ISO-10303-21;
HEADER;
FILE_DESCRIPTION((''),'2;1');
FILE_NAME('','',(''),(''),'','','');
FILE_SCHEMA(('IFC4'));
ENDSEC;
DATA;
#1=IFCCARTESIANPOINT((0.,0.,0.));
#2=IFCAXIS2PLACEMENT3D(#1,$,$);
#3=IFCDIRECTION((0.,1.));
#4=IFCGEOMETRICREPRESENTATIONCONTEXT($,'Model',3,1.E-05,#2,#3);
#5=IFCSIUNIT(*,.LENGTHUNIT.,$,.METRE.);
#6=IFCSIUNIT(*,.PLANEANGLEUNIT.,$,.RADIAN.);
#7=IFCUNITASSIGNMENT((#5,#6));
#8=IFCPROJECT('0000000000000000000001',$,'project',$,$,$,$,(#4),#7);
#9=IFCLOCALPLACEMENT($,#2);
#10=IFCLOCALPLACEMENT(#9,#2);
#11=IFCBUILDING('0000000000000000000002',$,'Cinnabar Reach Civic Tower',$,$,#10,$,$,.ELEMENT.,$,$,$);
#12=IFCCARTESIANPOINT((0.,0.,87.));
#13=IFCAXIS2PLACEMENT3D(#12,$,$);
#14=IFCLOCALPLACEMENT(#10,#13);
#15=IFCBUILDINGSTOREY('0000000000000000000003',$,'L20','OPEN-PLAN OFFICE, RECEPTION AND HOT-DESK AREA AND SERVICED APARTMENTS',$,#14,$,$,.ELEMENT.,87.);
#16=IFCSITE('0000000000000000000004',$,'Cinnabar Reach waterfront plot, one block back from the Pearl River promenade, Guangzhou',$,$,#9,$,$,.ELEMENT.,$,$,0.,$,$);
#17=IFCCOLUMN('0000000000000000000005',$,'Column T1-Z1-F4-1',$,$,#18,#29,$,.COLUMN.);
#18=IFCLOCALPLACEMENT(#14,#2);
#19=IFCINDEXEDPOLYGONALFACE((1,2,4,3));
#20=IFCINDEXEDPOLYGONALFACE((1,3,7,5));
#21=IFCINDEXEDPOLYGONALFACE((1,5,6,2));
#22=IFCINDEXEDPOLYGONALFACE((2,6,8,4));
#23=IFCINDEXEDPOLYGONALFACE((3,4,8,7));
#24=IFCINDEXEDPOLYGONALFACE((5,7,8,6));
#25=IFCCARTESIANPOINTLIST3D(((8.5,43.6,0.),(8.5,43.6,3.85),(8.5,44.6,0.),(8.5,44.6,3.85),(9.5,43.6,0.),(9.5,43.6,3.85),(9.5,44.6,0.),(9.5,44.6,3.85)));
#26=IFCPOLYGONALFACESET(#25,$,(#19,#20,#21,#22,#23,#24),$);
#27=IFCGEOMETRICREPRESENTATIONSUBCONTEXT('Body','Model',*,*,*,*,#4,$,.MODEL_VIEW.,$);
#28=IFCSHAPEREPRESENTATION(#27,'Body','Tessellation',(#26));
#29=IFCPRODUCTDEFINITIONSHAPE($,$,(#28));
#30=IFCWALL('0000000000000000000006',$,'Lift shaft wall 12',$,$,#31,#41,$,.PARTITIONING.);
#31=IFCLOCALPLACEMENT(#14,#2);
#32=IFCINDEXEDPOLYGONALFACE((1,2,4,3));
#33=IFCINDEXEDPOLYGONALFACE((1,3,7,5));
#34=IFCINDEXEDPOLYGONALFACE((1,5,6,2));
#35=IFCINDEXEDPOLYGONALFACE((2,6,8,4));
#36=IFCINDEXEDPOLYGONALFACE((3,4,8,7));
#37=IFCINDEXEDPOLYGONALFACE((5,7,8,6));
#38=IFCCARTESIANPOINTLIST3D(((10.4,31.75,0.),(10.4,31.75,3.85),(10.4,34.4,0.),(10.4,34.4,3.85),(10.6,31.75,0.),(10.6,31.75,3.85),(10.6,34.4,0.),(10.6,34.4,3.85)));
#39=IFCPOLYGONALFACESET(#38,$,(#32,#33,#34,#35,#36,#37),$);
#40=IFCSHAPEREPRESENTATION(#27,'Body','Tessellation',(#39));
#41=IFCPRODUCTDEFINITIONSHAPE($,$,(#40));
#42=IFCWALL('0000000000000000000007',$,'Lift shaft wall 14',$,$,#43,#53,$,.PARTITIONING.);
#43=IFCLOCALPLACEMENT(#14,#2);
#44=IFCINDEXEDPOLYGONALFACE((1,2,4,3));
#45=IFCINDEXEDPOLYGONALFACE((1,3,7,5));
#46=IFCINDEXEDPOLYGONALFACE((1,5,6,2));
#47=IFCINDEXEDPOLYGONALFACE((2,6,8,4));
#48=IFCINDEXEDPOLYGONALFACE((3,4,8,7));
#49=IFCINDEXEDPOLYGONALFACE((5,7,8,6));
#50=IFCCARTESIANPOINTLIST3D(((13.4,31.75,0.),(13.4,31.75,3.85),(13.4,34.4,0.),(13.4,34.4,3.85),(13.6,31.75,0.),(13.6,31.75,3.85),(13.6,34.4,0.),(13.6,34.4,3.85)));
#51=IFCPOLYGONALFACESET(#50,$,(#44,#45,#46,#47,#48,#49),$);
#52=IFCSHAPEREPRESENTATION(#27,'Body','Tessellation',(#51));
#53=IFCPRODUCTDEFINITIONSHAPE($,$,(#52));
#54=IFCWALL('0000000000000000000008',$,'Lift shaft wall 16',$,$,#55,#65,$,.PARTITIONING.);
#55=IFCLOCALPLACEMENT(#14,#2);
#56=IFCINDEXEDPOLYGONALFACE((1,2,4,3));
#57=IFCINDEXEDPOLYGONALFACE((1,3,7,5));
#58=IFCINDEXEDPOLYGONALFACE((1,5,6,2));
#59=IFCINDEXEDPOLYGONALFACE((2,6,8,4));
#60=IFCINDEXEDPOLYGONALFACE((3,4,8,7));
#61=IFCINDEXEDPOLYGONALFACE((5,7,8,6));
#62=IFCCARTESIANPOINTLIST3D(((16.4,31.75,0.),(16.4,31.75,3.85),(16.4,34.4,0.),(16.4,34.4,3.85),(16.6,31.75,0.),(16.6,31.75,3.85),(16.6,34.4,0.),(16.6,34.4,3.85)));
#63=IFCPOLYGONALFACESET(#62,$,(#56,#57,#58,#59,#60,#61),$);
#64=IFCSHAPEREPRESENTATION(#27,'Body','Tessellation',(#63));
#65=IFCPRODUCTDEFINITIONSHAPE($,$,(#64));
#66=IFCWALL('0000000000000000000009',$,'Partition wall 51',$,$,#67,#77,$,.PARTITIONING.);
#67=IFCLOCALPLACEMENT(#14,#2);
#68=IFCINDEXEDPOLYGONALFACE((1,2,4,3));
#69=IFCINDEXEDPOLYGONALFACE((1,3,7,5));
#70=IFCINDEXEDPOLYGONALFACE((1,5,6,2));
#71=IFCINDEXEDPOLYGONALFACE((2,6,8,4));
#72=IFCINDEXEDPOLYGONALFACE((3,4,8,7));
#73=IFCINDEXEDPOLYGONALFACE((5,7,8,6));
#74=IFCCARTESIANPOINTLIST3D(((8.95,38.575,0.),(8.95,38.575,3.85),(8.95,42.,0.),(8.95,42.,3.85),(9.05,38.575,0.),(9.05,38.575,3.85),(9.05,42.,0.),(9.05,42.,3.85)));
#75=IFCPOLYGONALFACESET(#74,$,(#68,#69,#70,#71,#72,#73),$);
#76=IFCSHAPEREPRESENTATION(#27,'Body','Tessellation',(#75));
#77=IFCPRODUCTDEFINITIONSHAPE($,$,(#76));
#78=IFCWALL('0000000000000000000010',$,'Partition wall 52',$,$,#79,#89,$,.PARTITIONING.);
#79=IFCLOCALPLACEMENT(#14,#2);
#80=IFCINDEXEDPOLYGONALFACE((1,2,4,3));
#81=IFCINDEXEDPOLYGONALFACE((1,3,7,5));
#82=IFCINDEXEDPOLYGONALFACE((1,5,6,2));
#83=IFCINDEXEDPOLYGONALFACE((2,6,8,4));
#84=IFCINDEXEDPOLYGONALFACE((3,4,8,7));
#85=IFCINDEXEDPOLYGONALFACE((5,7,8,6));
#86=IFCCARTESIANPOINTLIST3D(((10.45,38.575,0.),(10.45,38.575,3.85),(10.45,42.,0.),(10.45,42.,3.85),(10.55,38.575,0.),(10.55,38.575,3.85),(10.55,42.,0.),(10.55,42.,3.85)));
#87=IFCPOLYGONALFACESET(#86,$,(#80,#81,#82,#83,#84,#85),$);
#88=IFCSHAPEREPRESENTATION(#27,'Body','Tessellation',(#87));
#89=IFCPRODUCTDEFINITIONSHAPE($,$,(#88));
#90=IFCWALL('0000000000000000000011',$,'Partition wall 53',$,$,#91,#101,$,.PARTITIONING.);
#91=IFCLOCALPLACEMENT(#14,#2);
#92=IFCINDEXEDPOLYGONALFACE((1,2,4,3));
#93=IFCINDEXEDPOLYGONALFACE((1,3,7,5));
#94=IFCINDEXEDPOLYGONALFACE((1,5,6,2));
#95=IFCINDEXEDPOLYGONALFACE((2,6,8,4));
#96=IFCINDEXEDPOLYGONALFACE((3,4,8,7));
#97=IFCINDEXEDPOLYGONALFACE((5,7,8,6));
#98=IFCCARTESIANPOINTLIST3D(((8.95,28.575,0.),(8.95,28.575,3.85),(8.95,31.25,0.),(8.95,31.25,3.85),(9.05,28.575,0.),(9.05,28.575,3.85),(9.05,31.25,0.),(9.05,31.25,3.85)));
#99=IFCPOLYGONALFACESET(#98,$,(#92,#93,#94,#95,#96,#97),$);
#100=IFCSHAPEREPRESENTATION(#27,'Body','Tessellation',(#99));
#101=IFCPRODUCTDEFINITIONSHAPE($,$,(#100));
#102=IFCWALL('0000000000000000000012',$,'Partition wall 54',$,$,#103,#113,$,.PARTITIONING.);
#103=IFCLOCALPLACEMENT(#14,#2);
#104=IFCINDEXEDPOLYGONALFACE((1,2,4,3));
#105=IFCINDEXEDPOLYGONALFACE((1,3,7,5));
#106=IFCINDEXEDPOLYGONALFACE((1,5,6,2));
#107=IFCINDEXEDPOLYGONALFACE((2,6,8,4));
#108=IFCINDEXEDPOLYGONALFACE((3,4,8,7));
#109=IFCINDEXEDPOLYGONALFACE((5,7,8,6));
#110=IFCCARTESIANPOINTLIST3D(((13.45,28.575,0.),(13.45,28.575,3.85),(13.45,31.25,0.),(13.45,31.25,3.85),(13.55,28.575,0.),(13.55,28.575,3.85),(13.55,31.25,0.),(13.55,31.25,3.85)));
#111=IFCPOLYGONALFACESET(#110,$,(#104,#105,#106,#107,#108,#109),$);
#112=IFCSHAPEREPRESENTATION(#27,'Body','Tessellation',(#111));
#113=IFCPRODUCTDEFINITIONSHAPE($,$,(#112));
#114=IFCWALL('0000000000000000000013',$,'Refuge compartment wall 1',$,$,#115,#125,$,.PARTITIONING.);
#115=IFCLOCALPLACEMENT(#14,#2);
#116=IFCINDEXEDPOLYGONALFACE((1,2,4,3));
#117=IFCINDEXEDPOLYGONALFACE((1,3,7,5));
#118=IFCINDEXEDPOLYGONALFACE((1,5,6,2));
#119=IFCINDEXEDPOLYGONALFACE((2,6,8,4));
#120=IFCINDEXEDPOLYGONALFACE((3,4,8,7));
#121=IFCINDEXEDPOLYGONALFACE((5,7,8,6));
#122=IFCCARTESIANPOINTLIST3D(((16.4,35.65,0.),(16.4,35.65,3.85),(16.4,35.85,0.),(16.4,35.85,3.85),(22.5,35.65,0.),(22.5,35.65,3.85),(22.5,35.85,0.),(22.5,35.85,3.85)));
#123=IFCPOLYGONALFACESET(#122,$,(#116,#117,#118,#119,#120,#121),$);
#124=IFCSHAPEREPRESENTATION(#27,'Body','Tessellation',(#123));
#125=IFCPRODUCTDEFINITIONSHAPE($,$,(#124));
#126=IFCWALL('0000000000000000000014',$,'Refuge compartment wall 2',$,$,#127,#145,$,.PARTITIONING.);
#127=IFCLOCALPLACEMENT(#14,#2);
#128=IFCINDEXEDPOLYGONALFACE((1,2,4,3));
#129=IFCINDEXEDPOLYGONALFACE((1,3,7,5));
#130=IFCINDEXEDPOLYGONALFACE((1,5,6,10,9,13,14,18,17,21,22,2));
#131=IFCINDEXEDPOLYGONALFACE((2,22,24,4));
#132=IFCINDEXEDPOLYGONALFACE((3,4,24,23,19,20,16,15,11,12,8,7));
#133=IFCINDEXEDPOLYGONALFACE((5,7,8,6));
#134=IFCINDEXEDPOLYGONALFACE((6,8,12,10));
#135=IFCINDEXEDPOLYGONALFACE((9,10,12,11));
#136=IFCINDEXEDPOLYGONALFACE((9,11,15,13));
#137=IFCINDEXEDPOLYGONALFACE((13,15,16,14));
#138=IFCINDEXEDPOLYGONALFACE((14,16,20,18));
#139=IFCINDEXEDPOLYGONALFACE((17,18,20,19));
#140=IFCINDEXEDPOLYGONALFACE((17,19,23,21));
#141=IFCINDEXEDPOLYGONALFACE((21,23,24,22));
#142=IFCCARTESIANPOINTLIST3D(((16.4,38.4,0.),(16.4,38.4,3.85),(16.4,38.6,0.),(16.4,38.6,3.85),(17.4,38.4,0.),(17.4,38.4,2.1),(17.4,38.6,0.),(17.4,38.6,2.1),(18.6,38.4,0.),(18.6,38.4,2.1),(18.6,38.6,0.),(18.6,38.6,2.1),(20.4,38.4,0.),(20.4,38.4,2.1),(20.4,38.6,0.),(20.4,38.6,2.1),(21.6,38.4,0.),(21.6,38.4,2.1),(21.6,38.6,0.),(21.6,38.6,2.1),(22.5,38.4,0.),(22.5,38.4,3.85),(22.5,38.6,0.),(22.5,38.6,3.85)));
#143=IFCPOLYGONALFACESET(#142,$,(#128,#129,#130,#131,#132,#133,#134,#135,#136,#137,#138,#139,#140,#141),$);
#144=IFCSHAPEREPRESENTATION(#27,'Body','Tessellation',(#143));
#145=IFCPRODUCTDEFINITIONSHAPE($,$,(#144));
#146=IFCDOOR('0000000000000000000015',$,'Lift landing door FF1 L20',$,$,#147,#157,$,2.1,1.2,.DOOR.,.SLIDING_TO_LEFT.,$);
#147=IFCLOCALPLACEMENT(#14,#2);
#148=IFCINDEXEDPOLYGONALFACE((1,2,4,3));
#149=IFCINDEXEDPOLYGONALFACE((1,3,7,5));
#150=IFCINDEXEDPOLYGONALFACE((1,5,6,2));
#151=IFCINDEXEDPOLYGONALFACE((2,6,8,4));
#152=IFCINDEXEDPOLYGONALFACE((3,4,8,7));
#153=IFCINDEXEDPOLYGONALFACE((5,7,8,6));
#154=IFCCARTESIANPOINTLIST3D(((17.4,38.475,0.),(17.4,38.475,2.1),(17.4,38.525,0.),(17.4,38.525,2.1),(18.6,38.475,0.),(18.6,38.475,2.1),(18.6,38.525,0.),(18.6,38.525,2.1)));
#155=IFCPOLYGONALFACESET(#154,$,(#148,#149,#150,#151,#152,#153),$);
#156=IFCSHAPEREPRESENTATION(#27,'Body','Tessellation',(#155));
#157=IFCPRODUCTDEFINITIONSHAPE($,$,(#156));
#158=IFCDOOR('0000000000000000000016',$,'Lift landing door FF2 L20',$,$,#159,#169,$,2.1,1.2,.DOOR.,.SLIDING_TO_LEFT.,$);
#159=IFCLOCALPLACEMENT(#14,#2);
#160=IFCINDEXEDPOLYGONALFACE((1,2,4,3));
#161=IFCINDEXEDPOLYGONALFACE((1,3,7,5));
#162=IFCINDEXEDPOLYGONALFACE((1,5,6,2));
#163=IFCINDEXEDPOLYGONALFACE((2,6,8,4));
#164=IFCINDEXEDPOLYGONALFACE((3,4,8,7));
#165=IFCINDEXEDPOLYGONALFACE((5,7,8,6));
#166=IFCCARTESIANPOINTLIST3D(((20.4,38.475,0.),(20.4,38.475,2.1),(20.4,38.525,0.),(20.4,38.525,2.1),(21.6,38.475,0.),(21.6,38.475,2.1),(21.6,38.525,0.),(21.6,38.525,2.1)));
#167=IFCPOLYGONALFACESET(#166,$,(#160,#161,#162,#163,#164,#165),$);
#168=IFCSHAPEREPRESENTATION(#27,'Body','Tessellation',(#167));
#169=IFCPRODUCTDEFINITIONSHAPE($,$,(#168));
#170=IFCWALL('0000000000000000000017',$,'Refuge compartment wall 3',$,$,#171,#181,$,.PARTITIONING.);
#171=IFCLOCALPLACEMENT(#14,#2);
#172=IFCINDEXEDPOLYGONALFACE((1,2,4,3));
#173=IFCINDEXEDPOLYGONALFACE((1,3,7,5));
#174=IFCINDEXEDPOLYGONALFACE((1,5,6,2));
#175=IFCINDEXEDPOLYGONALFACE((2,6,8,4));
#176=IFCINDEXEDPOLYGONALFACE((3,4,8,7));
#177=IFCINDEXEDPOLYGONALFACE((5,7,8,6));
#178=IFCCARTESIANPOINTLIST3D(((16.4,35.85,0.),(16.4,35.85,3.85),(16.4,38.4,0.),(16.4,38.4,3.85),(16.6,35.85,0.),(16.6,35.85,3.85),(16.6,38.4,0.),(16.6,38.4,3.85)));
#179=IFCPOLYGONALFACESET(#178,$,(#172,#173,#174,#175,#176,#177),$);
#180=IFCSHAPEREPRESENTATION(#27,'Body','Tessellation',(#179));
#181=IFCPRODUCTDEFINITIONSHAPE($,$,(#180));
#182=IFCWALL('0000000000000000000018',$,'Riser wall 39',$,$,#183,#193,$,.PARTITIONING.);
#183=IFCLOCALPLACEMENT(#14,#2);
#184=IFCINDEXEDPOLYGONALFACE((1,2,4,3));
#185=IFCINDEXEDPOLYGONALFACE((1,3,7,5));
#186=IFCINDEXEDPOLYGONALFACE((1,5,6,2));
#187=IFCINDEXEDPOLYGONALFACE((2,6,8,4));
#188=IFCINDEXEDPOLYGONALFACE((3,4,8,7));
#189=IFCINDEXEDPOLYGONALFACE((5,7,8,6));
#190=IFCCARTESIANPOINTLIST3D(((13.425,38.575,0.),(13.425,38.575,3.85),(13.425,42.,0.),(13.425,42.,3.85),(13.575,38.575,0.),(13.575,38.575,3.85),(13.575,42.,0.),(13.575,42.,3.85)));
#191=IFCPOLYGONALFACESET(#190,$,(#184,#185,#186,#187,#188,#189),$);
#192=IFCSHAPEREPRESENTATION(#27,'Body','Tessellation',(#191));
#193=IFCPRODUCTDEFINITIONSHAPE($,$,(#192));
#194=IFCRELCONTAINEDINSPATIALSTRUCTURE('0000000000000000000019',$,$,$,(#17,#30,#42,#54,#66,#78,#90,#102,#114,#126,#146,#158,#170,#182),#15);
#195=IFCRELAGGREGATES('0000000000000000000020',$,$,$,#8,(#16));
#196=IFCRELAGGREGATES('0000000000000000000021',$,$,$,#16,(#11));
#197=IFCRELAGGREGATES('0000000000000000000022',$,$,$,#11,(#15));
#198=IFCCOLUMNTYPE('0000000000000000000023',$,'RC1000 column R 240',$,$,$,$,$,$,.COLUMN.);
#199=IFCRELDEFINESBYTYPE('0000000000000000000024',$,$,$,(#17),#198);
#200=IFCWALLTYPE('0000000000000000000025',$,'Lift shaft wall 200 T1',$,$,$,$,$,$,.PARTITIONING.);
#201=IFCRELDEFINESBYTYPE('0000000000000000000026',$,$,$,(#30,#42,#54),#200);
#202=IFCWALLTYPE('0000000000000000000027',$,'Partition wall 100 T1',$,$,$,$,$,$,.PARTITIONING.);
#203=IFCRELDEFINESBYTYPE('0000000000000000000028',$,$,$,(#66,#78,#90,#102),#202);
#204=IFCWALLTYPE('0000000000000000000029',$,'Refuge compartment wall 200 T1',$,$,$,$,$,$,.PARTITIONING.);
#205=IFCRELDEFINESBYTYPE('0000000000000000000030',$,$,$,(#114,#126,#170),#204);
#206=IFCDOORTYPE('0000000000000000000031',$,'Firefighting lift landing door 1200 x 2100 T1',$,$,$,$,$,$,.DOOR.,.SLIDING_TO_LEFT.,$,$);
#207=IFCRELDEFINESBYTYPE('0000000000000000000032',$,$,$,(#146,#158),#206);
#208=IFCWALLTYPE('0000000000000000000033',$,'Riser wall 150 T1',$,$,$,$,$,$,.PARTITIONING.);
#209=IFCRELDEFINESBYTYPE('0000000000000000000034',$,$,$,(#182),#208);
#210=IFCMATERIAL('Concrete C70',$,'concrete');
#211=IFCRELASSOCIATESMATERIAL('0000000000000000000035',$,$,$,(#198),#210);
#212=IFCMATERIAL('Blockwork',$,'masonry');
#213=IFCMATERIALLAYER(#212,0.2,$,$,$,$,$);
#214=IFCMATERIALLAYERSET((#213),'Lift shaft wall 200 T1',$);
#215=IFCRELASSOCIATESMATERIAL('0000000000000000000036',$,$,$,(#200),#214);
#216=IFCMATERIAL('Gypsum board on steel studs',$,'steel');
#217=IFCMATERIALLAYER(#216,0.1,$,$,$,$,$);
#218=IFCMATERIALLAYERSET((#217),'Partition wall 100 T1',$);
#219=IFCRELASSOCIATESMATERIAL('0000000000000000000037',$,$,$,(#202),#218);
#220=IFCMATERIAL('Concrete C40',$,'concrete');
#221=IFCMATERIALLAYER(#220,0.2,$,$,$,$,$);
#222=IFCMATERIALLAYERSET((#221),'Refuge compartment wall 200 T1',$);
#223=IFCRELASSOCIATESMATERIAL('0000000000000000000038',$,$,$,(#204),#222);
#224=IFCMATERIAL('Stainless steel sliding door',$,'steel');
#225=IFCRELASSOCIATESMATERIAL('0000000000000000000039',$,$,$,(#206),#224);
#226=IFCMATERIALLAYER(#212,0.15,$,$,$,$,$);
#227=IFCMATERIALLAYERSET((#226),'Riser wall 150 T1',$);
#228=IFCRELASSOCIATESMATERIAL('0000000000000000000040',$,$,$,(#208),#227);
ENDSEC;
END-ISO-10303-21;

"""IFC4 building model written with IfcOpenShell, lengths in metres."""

from ifc_helpers import new_model, si_unit, direction, frame, frame_2d, origin, origin_2d, place, context, subcontext, project, spatial, rectangle, extrude, material, layer, layer_set, material_profile, profile_set, type_object, element, fill, save


model = new_model("IFC4")

# Units and contexts
model_context = context("Model", 3, precision=1e-05, world=origin(), true_north=direction((0.0, 1.0)))
body_context = subcontext(model_context, "Body", "Model", "MODEL_VIEW")
ifc_project = project(units=[si_unit("LENGTHUNIT", "METRE"), si_unit("PLANEANGLEUNIT", "RADIAN")], contexts=[model_context])

# Site, building, storey
site_placement = place(None, origin())
site = spatial("IfcSite", under=ifc_project, at=site_placement, Name="Cinnabar Reach waterfront plot, one block back from the Pearl River promenade, Guangzhou", CompositionType="ELEMENT", RefElevation=0.0)
building_placement = place(site_placement, origin())
building = spatial("IfcBuilding", under=site, at=building_placement, Name="Cinnabar Reach Civic Tower", CompositionType="ELEMENT")
storey_placement = place(building_placement, frame((0.0, 0.0, 87.0)))
storey = spatial("IfcBuildingStorey", under=building, at=storey_placement, Name="L20", Description="OPEN-PLAN OFFICE, RECEPTION AND HOT-DESK AREA AND SERVICED APARTMENTS", CompositionType="ELEMENT", Elevation=87.0)

# Column
ifc_material_1 = material(Name="Concrete C70", Category="concrete")
ifc_material_profile = material_profile(ifc_material_1, rectangle(XDim=1.0, YDim=1.0, at=origin_2d()), Name="RC1000")
ifc_profile_set = profile_set([ifc_material_profile], Name="Concrete C70")
column_type = type_object("IfcColumnType", Name="RC1000 column R 240", PredefinedType="COLUMN", material=ifc_profile_set)
column_placement = place(storey_placement, frame((9.0, 44.1, 0.0), z_axis=(0.0, 0.0, 1.0), x_axis=(1.0, 0.0, 0.0)))
element("IfcColumn", 1, at=column_placement, inside=storey, type_object=column_type, Name="Column T1-Z1-F4-1", PredefinedType="COLUMN", context=body_context, shape_type="SweptSolid", body=[
    extrude(rectangle(XDim=1.0, YDim=1.0, at=origin_2d()), origin(), (0.0, 0.0, 1.0), 3.85),
])

# Walls
ifc_material_2 = material(Name="Blockwork", Category="masonry")
ifc_layer_1 = layer(ifc_material_2, 0.2)
ifc_layer_set_1 = layer_set([ifc_layer_1], Name="Lift shaft wall 200 T1")
wall_type_1 = type_object("IfcWallType", Name="Lift shaft wall 200 T1", PredefinedType="PARTITIONING", material=ifc_layer_set_1)
for number, where, z_axis, x_axis, name in (
    (2, (10.5, 31.75, 0.0), (0.0, 0.0, 1.0), (0.0, 1.0, 0.0), "Lift shaft wall 12"),
    (3, (13.5, 31.75, 0.0), (0.0, 0.0, 1.0), (0.0, 1.0, 0.0), "Lift shaft wall 14"),
    (4, (16.5, 31.75, 0.0), (0.0, 0.0, 1.0), (0.0, 1.0, 0.0), "Lift shaft wall 16"),
):
    element("IfcWall", number, at=place(storey_placement, frame(where, z_axis=z_axis, x_axis=x_axis)), inside=storey, type_object=wall_type_1, Name=name, PredefinedType="PARTITIONING", context=body_context, shape_type="SweptSolid", body=[
        extrude(rectangle(XDim=2.65, YDim=0.2, at=frame_2d((1.325, 0.0))), origin(), (0.0, 0.0, 1.0), 3.85),
    ])
ifc_material_3 = material(Name="Gypsum board on steel studs", Category="steel")
ifc_layer_2 = layer(ifc_material_3, 0.1)
ifc_layer_set_2 = layer_set([ifc_layer_2], Name="Partition wall 100 T1")
wall_type_2 = type_object("IfcWallType", Name="Partition wall 100 T1", PredefinedType="PARTITIONING", material=ifc_layer_set_2)
for number, where, z_axis, x_axis, name in (
    (5, (9.0, 38.575, 0.0), (0.0, 0.0, 1.0), (0.0, 1.0, 0.0), "Partition wall 51"),
    (6, (10.5, 38.575, 0.0), (0.0, 0.0, 1.0), (0.0, 1.0, 0.0), "Partition wall 52"),
):
    element("IfcWall", number, at=place(storey_placement, frame(where, z_axis=z_axis, x_axis=x_axis)), inside=storey, type_object=wall_type_2, Name=name, PredefinedType="PARTITIONING", context=body_context, shape_type="SweptSolid", body=[
        extrude(rectangle(XDim=3.425, YDim=0.1, at=frame_2d((1.7125, 0.0))), origin(), (0.0, 0.0, 1.0), 3.85),
    ])
for number, where, z_axis, x_axis, name in (
    (7, (9.0, 28.575, 0.0), (0.0, 0.0, 1.0), (0.0, 1.0, 0.0), "Partition wall 53"),
    (8, (13.5, 28.575, 0.0), (0.0, 0.0, 1.0), (0.0, 1.0, 0.0), "Partition wall 54"),
):
    element("IfcWall", number, at=place(storey_placement, frame(where, z_axis=z_axis, x_axis=x_axis)), inside=storey, type_object=wall_type_2, Name=name, PredefinedType="PARTITIONING", context=body_context, shape_type="SweptSolid", body=[
        extrude(rectangle(XDim=2.675, YDim=0.1, at=frame_2d((1.3375, 0.0))), origin(), (0.0, 0.0, 1.0), 3.85),
    ])
ifc_material_4 = material(Name="Concrete C40", Category="concrete")
ifc_layer_3 = layer(ifc_material_4, 0.2)
ifc_layer_set_3 = layer_set([ifc_layer_3], Name="Refuge compartment wall 200 T1")
wall_type_3 = type_object("IfcWallType", Name="Refuge compartment wall 200 T1", PredefinedType="PARTITIONING", material=ifc_layer_set_3)
wall_1_placement = place(storey_placement, frame((16.4, 35.75, 0.0), z_axis=(0.0, 0.0, 1.0), x_axis=(1.0, 0.0, 0.0)))
element("IfcWall", 9, at=wall_1_placement, inside=storey, type_object=wall_type_3, Name="Refuge compartment wall 1", PredefinedType="PARTITIONING", context=body_context, shape_type="SweptSolid", body=[
    extrude(rectangle(XDim=6.1, YDim=0.2, at=frame_2d((3.05, 0.0))), origin(), (0.0, 0.0, 1.0), 3.85),
])

# Wall, openings, doors
wall_2_placement = place(storey_placement, frame((16.4, 38.5, 0.0), z_axis=(0.0, 0.0, 1.0), x_axis=(1.0, 0.0, 0.0)))
wall_2 = element("IfcWall", 10, at=wall_2_placement, inside=storey, type_object=wall_type_3, Name="Refuge compartment wall 2", PredefinedType="PARTITIONING", context=body_context, shape_type="SweptSolid", body=[
    extrude(rectangle(XDim=6.1, YDim=0.2, at=frame_2d((3.05, 0.0))), origin(), (0.0, 0.0, 1.0), 3.85),
])
opening_1_placement = place(wall_2_placement, frame((1.0, 0.0, 0.0)))
opening_1 = element("IfcOpeningElement", 11, at=opening_1_placement, cuts=wall_2, PredefinedType="OPENING", context=body_context, shape_type="SweptSolid", body=[
    extrude(rectangle(XDim=1.2, YDim=2.1, at=frame_2d((0.6, 1.05))), frame((0.0, 0.11, 0.0), z_axis=(0.0, -1.0, 0.0), x_axis=(1.0, 0.0, 0.0)), (0.0, 0.0, 1.0), 0.22),
])
opening_2_placement = place(wall_2_placement, frame((4.0, 0.0, 0.0)))
opening_2 = element("IfcOpeningElement", 12, at=opening_2_placement, cuts=wall_2, PredefinedType="OPENING", context=body_context, shape_type="SweptSolid", body=[
    extrude(rectangle(XDim=1.2, YDim=2.1, at=frame_2d((0.6, 1.05))), frame((0.0, 0.11, 0.0), z_axis=(0.0, -1.0, 0.0), x_axis=(1.0, 0.0, 0.0)), (0.0, 0.0, 1.0), 0.22),
])
ifc_material_5 = material(Name="Stainless steel sliding door", Category="steel")
door_type = type_object("IfcDoorType", Name="Firefighting lift landing door 1200 x 2100 T1", OperationType="SLIDING_TO_LEFT", PredefinedType="DOOR", material=ifc_material_5)
door_1_placement = place(opening_1_placement, origin())
door_1 = element("IfcDoor", 13, at=door_1_placement, inside=storey, type_object=door_type, Name="Lift landing door FF1 L20", OperationType="SLIDING_TO_LEFT", OverallHeight=2.1, OverallWidth=1.2, PredefinedType="DOOR", context=body_context, shape_type="SweptSolid", body=[
    extrude(rectangle(XDim=1.2, YDim=2.1, at=frame_2d((0.6, 1.05))), frame((0.0, 0.025, 0.0), z_axis=(0.0, -1.0, 0.0), x_axis=(1.0, 0.0, 0.0)), (0.0, 0.0, 1.0), 0.05),
])
fill(opening_1, door_1)
door_2_placement = place(opening_2_placement, origin())
door_2 = element("IfcDoor", 14, at=door_2_placement, inside=storey, type_object=door_type, Name="Lift landing door FF2 L20", OperationType="SLIDING_TO_LEFT", OverallHeight=2.1, OverallWidth=1.2, PredefinedType="DOOR", context=body_context, shape_type="SweptSolid", body=[
    extrude(rectangle(XDim=1.2, YDim=2.1, at=frame_2d((0.6, 1.05))), frame((0.0, 0.025, 0.0), z_axis=(0.0, -1.0, 0.0), x_axis=(1.0, 0.0, 0.0)), (0.0, 0.0, 1.0), 0.05),
])
fill(opening_2, door_2)

# Walls
wall_3_placement = place(storey_placement, frame((16.5, 35.85, 0.0), z_axis=(0.0, 0.0, 1.0), x_axis=(0.0, 1.0, 0.0)))
element("IfcWall", 15, at=wall_3_placement, inside=storey, type_object=wall_type_3, Name="Refuge compartment wall 3", PredefinedType="PARTITIONING", context=body_context, shape_type="SweptSolid", body=[
    extrude(rectangle(XDim=2.55, YDim=0.2, at=frame_2d((1.275, 0.0))), origin(), (0.0, 0.0, 1.0), 3.85),
])
ifc_layer_4 = layer(ifc_material_2, 0.15)
ifc_layer_set_4 = layer_set([ifc_layer_4], Name="Riser wall 150 T1")
wall_type_4 = type_object("IfcWallType", Name="Riser wall 150 T1", PredefinedType="PARTITIONING", material=ifc_layer_set_4)
wall_4_placement = place(storey_placement, frame((13.5, 38.575, 0.0), z_axis=(0.0, 0.0, 1.0), x_axis=(0.0, 1.0, 0.0)))
element("IfcWall", 16, at=wall_4_placement, inside=storey, type_object=wall_type_4, Name="Riser wall 39", PredefinedType="PARTITIONING", context=body_context, shape_type="SweptSolid", body=[
    extrude(rectangle(XDim=3.425, YDim=0.15, at=frame_2d((1.7125, 0.0))), origin(), (0.0, 0.0, 1.0), 3.85),
])

save(model, "model.ifc")
